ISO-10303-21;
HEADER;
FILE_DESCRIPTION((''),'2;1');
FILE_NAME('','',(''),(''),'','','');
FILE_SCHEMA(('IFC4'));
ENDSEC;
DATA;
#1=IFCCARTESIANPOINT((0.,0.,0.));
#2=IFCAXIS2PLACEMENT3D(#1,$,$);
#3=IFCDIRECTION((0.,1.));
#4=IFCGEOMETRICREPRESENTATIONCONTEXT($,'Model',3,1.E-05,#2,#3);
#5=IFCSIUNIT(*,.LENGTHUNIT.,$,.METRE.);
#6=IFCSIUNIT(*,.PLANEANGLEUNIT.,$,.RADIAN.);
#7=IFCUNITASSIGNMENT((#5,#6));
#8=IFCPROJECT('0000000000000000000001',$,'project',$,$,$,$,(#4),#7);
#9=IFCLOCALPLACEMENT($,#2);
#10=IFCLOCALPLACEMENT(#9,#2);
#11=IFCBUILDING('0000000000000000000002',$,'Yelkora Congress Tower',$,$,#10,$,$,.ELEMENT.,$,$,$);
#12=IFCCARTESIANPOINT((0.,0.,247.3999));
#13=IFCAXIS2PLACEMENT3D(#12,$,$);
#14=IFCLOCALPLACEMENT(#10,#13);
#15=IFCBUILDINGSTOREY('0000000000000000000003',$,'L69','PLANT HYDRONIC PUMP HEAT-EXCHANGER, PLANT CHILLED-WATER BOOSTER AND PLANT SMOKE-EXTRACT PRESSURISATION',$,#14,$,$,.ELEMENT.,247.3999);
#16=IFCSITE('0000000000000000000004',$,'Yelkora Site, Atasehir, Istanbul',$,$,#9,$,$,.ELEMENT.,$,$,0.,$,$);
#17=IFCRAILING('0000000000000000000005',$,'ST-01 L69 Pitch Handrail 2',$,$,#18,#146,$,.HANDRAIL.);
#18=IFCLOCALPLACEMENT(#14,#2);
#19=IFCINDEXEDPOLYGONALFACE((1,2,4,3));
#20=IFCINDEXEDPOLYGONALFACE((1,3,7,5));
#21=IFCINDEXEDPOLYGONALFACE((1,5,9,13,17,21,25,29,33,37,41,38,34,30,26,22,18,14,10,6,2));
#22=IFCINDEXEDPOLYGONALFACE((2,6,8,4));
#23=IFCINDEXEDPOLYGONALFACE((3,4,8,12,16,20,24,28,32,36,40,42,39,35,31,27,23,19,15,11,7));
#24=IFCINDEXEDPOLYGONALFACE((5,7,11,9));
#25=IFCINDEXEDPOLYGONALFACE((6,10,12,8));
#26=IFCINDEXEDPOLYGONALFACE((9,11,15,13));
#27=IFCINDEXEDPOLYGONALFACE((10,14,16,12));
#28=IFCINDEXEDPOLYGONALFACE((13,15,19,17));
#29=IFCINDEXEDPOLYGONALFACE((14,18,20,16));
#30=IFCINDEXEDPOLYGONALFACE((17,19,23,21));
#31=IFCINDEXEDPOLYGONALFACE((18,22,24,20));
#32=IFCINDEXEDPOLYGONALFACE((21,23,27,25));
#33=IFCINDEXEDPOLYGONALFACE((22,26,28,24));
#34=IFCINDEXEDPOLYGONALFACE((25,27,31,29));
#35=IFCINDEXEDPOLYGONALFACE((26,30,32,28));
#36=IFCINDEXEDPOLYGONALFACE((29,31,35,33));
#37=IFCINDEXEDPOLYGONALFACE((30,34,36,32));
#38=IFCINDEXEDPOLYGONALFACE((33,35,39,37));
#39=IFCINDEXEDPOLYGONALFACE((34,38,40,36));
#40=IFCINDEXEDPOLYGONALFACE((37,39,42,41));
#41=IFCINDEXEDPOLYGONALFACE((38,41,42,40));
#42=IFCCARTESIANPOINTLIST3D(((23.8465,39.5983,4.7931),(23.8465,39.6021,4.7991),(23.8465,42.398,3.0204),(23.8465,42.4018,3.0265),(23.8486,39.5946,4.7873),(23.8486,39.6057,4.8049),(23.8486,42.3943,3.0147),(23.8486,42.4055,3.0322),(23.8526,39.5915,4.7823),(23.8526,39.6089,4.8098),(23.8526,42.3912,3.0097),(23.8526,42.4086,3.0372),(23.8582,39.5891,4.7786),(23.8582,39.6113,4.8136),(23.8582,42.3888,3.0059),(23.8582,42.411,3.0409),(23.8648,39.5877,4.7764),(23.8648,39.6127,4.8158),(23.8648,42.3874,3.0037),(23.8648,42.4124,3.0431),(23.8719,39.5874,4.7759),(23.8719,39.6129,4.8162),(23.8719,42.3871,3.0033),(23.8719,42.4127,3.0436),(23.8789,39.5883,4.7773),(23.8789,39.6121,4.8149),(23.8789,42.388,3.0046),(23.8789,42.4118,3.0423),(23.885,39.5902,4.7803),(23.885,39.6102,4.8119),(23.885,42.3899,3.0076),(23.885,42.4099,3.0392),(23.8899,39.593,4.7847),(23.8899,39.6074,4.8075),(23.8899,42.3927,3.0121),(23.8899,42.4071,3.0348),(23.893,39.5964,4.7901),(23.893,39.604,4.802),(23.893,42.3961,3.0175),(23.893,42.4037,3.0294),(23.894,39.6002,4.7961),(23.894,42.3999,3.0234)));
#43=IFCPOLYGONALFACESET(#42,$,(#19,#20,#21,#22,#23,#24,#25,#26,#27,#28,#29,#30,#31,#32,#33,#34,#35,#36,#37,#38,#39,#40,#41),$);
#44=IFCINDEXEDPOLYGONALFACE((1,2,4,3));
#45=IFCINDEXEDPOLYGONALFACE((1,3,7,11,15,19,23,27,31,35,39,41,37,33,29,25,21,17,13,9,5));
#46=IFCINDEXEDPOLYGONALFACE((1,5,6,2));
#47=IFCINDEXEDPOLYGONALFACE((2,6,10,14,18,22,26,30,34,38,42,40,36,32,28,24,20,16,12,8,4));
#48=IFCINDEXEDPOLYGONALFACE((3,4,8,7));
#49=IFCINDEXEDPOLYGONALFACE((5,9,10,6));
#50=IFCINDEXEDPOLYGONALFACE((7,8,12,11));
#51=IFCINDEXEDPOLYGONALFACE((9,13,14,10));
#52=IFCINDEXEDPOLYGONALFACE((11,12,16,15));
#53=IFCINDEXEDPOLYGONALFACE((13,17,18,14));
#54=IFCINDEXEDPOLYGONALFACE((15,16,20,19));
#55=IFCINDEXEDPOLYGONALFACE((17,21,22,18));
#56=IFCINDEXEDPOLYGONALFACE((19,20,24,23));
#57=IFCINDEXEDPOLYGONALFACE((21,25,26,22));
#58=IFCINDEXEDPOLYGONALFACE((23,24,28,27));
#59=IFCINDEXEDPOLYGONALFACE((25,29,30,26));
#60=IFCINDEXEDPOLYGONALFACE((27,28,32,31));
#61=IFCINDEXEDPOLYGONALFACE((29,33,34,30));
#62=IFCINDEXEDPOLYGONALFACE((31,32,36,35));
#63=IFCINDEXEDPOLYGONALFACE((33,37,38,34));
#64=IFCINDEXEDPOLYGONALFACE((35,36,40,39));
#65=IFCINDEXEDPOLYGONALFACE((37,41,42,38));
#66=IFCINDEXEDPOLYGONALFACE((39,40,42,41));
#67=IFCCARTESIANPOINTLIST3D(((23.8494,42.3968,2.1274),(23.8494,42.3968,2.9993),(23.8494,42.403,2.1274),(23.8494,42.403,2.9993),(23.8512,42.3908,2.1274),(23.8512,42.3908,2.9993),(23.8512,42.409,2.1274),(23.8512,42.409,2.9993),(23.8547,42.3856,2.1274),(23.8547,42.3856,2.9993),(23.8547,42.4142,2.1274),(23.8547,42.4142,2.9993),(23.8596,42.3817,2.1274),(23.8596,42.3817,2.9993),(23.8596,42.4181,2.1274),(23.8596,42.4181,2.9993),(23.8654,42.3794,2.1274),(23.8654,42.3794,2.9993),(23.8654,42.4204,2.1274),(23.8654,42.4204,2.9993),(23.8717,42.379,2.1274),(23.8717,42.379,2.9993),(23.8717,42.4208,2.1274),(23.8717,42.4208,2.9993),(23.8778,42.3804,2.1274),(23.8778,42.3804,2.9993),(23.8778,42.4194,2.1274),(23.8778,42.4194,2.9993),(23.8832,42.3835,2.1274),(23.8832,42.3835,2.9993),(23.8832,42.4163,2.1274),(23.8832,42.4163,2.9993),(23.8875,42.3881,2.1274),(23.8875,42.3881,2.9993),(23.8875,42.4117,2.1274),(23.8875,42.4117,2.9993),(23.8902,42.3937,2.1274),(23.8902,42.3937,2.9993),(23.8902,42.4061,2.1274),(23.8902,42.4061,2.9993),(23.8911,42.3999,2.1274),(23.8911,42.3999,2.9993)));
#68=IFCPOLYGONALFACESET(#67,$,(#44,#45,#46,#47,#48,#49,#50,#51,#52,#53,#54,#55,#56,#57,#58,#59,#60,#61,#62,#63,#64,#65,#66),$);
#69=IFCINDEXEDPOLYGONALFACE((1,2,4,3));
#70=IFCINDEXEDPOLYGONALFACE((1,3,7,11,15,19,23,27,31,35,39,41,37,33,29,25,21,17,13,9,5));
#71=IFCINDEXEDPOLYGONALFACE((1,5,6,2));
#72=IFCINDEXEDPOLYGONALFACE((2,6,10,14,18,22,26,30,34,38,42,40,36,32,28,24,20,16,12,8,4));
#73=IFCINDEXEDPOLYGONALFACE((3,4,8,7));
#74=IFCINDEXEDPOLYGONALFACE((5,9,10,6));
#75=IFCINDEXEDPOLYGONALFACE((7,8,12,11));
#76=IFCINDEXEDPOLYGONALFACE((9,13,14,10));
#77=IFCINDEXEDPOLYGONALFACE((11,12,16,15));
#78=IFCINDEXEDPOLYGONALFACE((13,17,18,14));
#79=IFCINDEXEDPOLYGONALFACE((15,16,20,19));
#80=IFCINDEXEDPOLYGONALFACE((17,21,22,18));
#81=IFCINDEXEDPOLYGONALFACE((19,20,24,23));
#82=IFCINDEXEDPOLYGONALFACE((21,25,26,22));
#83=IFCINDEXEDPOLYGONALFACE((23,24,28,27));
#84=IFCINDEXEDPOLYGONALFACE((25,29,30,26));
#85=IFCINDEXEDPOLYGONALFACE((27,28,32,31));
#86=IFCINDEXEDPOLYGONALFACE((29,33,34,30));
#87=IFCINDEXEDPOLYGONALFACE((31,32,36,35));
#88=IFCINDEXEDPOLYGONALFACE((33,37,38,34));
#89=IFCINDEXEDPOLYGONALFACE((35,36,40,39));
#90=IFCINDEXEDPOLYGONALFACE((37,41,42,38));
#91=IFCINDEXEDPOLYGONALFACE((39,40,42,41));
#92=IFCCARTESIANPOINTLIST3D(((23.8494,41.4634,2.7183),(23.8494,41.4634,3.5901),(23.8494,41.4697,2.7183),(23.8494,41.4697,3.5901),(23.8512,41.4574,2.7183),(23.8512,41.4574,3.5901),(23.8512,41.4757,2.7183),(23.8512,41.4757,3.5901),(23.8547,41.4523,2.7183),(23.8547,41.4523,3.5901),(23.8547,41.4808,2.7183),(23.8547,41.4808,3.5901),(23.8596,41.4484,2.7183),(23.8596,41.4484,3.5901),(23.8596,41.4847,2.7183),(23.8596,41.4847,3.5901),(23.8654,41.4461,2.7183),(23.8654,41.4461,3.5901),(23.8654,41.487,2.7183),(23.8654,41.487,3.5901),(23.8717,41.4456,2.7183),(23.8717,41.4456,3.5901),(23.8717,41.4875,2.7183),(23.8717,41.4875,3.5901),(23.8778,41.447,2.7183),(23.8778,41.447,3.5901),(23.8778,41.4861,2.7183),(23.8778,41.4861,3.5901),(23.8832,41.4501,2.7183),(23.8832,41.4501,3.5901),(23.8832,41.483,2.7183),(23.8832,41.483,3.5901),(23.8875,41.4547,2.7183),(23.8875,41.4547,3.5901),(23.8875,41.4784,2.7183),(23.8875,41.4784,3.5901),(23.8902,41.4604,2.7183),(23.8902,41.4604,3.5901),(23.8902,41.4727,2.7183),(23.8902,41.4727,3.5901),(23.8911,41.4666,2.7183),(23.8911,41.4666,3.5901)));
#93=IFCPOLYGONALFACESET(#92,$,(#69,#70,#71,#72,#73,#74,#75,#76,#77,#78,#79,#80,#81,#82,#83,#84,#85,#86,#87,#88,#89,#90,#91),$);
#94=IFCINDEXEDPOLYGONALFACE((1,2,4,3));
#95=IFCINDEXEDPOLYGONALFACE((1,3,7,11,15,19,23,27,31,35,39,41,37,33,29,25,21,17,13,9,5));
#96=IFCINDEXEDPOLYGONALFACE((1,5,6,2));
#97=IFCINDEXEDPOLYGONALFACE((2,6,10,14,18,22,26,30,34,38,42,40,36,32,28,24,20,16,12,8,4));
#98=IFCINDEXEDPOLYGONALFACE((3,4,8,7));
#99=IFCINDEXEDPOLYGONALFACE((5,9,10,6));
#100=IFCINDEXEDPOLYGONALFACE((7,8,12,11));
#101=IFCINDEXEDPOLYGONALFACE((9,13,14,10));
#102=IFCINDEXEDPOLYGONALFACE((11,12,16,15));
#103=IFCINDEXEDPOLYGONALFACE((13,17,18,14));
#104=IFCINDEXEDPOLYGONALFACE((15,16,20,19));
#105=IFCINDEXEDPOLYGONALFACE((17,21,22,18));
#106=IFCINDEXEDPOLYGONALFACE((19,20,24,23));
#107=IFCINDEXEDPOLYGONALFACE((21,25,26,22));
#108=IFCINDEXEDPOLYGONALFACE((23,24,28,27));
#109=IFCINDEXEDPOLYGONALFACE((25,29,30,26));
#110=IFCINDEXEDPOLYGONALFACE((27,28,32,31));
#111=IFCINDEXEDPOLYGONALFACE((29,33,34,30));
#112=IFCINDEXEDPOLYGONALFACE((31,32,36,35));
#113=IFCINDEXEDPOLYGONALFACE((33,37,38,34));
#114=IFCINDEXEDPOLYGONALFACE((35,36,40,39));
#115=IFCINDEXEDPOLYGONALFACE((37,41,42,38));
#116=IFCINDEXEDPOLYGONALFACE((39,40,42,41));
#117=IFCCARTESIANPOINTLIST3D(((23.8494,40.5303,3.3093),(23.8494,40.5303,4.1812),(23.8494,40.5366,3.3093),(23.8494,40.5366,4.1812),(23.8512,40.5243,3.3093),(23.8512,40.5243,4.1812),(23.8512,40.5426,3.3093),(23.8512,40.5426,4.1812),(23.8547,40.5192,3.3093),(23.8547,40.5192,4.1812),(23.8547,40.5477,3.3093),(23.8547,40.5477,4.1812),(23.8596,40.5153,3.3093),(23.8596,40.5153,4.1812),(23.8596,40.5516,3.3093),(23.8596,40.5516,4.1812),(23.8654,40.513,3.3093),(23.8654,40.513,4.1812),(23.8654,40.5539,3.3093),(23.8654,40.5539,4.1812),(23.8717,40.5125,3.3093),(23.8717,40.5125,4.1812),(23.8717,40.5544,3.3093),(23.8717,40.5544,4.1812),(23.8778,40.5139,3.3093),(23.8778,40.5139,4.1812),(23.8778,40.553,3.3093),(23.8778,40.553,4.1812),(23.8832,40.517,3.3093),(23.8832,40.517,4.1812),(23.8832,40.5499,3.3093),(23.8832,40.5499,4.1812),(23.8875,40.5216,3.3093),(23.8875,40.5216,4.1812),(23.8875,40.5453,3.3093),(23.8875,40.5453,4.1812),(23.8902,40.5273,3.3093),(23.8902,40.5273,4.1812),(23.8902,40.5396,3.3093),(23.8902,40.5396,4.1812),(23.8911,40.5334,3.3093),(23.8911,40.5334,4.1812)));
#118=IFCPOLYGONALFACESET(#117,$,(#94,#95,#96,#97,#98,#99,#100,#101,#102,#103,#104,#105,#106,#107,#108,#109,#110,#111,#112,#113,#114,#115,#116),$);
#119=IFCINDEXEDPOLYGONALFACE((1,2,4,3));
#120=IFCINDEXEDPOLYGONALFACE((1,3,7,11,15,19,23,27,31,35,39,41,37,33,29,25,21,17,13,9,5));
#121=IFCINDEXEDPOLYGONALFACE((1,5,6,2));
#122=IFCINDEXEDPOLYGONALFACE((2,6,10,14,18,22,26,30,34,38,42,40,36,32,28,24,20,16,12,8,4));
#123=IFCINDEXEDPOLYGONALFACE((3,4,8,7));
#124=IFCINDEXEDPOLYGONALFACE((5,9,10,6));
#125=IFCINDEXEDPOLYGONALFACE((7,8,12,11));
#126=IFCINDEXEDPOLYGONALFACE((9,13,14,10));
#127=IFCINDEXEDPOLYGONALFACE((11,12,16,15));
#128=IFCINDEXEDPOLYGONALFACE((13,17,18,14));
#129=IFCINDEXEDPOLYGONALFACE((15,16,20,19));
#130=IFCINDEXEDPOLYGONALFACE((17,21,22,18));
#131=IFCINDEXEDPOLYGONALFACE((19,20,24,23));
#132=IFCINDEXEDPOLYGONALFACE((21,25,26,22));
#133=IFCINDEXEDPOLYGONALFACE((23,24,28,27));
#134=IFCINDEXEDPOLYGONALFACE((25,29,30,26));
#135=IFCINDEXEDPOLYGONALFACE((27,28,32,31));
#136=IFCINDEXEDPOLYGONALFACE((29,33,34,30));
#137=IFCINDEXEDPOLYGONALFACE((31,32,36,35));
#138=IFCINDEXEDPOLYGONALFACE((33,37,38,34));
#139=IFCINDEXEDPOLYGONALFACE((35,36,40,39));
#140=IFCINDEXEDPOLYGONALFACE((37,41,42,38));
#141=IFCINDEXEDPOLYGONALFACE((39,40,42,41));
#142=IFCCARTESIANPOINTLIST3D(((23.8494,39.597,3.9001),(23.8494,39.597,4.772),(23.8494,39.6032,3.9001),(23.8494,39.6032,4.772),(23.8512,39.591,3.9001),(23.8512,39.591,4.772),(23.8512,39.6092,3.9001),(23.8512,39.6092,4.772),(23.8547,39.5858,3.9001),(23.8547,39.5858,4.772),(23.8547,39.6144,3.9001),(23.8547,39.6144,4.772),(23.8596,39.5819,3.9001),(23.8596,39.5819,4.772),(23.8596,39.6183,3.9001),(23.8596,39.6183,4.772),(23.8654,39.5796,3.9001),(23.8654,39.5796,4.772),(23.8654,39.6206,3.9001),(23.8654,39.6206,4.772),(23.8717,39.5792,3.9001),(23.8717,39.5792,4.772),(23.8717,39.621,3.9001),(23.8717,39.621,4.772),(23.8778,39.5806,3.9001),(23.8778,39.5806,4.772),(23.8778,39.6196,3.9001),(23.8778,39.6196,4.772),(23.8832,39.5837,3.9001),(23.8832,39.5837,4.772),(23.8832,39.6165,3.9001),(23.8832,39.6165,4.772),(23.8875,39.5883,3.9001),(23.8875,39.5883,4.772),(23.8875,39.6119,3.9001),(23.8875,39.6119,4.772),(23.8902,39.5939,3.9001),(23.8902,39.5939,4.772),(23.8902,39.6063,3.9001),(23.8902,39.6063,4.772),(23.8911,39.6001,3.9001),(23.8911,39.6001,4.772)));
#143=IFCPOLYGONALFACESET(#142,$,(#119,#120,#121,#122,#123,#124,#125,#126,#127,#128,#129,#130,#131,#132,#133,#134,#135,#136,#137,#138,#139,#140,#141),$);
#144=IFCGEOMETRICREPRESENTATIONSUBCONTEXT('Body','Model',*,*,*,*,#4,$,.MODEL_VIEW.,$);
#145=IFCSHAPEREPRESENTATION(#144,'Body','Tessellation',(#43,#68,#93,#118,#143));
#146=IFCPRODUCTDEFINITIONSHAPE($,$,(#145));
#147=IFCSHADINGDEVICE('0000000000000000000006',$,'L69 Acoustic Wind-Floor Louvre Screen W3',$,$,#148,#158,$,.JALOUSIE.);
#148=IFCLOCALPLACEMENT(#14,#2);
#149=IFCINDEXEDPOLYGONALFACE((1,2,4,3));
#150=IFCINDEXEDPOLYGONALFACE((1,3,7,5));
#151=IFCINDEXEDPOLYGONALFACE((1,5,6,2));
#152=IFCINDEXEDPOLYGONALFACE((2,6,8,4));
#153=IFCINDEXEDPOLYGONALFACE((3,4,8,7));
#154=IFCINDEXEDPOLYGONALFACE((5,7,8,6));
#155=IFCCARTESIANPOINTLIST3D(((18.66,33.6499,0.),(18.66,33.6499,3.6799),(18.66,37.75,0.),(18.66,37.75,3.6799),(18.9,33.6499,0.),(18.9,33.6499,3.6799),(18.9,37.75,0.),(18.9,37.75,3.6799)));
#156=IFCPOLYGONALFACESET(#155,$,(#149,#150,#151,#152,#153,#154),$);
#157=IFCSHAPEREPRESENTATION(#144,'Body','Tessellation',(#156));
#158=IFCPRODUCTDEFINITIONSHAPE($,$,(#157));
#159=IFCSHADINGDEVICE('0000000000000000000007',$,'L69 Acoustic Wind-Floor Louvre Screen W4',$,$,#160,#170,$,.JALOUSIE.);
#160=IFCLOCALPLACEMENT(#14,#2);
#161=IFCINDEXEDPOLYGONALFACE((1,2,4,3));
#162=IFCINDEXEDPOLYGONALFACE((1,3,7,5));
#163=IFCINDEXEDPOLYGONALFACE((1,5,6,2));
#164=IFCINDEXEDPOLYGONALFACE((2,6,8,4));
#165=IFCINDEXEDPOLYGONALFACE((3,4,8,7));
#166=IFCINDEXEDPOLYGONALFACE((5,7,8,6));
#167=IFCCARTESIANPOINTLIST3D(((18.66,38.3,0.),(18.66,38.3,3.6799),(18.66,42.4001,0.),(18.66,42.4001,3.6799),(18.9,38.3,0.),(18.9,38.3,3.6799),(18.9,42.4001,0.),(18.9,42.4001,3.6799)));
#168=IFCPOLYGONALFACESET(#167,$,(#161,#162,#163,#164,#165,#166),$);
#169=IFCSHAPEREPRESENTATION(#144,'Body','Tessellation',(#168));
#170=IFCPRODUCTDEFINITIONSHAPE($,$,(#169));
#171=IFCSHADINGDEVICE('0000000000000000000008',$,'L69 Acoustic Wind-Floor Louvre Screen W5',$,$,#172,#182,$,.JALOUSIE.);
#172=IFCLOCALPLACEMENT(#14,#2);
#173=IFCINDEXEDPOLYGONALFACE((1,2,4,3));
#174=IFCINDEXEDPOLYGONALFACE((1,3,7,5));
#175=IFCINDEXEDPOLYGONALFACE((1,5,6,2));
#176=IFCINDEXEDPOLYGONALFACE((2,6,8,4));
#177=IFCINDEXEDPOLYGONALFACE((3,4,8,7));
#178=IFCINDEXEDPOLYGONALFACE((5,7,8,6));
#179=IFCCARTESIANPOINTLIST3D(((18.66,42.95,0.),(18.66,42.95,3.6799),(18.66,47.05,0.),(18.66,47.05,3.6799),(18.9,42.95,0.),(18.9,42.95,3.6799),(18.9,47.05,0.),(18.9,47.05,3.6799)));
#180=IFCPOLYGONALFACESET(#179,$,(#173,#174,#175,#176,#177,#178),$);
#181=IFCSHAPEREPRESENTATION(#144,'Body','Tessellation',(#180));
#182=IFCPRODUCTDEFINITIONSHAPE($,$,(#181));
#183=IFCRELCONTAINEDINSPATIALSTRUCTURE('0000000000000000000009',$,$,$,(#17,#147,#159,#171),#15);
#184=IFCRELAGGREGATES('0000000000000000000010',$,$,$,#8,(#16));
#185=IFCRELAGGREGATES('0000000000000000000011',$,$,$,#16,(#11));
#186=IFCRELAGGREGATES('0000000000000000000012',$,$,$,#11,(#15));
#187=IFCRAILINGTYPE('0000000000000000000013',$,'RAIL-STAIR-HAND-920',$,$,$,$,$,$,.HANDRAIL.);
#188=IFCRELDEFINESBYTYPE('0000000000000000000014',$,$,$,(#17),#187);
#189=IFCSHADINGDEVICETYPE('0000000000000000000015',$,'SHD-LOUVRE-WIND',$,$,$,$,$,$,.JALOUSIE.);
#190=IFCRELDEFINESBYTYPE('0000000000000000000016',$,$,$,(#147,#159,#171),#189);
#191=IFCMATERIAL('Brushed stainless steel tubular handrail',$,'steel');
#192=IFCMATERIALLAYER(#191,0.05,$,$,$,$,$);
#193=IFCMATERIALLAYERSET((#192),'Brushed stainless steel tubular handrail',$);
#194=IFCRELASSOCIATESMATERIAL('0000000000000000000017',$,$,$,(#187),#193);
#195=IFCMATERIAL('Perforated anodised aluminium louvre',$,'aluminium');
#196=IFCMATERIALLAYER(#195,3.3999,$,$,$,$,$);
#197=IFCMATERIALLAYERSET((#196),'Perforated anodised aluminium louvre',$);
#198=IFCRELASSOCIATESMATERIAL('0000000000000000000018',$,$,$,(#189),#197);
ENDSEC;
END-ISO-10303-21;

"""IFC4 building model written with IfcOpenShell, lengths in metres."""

from ifc_helpers import new_model, si_unit, direction, frame, origin, origin_2d, place, context, subcontext, project, spatial, rectangle, circle, extrude, material, layer, layer_set, type_object, element, save


model = new_model("IFC4")

# Units and contexts
model_context = context("Model", 3, precision=1e-05, world=origin(), true_north=direction((0.0, 1.0)))
body_context = subcontext(model_context, "Body", "Model", "MODEL_VIEW")
ifc_project = project(units=[si_unit("LENGTHUNIT", "METRE"), si_unit("PLANEANGLEUNIT", "RADIAN")], contexts=[model_context])

# Site, building, storey
site_placement = place(None, origin())
site = spatial("IfcSite", under=ifc_project, at=site_placement, Name="Yelkora Site, Atasehir, Istanbul", CompositionType="ELEMENT", RefElevation=0.0)
building_placement = place(site_placement, origin())
building = spatial("IfcBuilding", under=site, at=building_placement, Name="Yelkora Congress Tower", CompositionType="ELEMENT")
storey_placement = place(building_placement, frame((0.0, 0.0, 247.3999)))
storey = spatial("IfcBuildingStorey", under=building, at=storey_placement, Name="L69", Description="PLANT HYDRONIC PUMP HEAT-EXCHANGER, PLANT CHILLED-WATER BOOSTER AND PLANT SMOKE-EXTRACT PRESSURISATION", CompositionType="ELEMENT", Elevation=247.3999)

# Railing
ifc_material_1 = material(Name="Brushed stainless steel tubular handrail", Category="steel")
ifc_layer_1 = layer(ifc_material_1, 0.05)
ifc_layer_set_1 = layer_set([ifc_layer_1], Name="Brushed stainless steel tubular handrail")
railing_type_1 = type_object("IfcRailingType", Name="RAIL-STAIR-HAND-920", PredefinedType="HANDRAIL", material=ifc_layer_set_1)
railing_1_placement = place(storey_placement, frame((23.8701, 42.3999, 2.1274)))
element("IfcRailing", 1, at=railing_1_placement, inside=storey, type_object=railing_type_1, Name="ST-01 L69 Pitch Handrail 2", PredefinedType="HANDRAIL", context=body_context, shape_type="SweptSolid", body=[
    extrude(circle(Radius=0.0239, at=origin_2d()), frame((0.0, 0.0, 0.896), z_axis=(0.0, -0.844888, 0.534943), x_axis=(1.0, 0.0, 0.0)), (0.0, 0.0, 1.0), 3.3137),
    extrude(circle(Radius=0.021, at=origin_2d()), origin(), (0.0, 0.0, 1.0), 0.8718),
    extrude(circle(Radius=0.021, at=origin_2d()), frame((0.0, -0.9333, 0.5908)), (0.0, 0.0, 1.0), 0.8718),
    extrude(circle(Radius=0.021, at=origin_2d()), frame((0.0, -1.8665, 1.1819)), (0.0, 0.0, 1.0), 0.8718),
    extrude(circle(Radius=0.021, at=origin_2d()), frame((0.0, -2.7998, 1.7727)), (0.0, 0.0, 1.0), 0.8718),
])

# Shading devices
ifc_material_2 = material(Name="Perforated anodised aluminium louvre", Category="aluminium")
ifc_layer_2 = layer(ifc_material_2, 3.3999)
ifc_layer_set_2 = layer_set([ifc_layer_2], Name="Perforated anodised aluminium louvre")
shading_device_type = type_object("IfcShadingDeviceType", Name="SHD-LOUVRE-WIND", PredefinedType="JALOUSIE", material=ifc_layer_set_2)
for number, where, z_axis, x_axis, name in (
    (2, (18.78, 35.7, 0.0), (0.0, 0.0, 1.0), (1.0, 0.0, 0.0), "L69 Acoustic Wind-Floor Louvre Screen W3"),
    (3, (18.78, 40.3501, 0.0), (0.0, 0.0, 1.0), (1.0, 0.0, 0.0), "L69 Acoustic Wind-Floor Louvre Screen W4"),
    (4, (18.78, 45.0, 0.0), (0.0, 0.0, 1.0), (1.0, 0.0, 0.0), "L69 Acoustic Wind-Floor Louvre Screen W5"),
):
    element("IfcShadingDevice", number, at=place(storey_placement, frame(where, z_axis=z_axis, x_axis=x_axis)), inside=storey, type_object=shading_device_type, Name=name, PredefinedType="JALOUSIE", context=body_context, shape_type="SweptSolid", body=[
        extrude(rectangle(XDim=0.24, YDim=4.1001, at=origin_2d()), origin(), (0.0, 0.0, 1.0), 3.6799),
    ])

save(model, "model.ifc")
